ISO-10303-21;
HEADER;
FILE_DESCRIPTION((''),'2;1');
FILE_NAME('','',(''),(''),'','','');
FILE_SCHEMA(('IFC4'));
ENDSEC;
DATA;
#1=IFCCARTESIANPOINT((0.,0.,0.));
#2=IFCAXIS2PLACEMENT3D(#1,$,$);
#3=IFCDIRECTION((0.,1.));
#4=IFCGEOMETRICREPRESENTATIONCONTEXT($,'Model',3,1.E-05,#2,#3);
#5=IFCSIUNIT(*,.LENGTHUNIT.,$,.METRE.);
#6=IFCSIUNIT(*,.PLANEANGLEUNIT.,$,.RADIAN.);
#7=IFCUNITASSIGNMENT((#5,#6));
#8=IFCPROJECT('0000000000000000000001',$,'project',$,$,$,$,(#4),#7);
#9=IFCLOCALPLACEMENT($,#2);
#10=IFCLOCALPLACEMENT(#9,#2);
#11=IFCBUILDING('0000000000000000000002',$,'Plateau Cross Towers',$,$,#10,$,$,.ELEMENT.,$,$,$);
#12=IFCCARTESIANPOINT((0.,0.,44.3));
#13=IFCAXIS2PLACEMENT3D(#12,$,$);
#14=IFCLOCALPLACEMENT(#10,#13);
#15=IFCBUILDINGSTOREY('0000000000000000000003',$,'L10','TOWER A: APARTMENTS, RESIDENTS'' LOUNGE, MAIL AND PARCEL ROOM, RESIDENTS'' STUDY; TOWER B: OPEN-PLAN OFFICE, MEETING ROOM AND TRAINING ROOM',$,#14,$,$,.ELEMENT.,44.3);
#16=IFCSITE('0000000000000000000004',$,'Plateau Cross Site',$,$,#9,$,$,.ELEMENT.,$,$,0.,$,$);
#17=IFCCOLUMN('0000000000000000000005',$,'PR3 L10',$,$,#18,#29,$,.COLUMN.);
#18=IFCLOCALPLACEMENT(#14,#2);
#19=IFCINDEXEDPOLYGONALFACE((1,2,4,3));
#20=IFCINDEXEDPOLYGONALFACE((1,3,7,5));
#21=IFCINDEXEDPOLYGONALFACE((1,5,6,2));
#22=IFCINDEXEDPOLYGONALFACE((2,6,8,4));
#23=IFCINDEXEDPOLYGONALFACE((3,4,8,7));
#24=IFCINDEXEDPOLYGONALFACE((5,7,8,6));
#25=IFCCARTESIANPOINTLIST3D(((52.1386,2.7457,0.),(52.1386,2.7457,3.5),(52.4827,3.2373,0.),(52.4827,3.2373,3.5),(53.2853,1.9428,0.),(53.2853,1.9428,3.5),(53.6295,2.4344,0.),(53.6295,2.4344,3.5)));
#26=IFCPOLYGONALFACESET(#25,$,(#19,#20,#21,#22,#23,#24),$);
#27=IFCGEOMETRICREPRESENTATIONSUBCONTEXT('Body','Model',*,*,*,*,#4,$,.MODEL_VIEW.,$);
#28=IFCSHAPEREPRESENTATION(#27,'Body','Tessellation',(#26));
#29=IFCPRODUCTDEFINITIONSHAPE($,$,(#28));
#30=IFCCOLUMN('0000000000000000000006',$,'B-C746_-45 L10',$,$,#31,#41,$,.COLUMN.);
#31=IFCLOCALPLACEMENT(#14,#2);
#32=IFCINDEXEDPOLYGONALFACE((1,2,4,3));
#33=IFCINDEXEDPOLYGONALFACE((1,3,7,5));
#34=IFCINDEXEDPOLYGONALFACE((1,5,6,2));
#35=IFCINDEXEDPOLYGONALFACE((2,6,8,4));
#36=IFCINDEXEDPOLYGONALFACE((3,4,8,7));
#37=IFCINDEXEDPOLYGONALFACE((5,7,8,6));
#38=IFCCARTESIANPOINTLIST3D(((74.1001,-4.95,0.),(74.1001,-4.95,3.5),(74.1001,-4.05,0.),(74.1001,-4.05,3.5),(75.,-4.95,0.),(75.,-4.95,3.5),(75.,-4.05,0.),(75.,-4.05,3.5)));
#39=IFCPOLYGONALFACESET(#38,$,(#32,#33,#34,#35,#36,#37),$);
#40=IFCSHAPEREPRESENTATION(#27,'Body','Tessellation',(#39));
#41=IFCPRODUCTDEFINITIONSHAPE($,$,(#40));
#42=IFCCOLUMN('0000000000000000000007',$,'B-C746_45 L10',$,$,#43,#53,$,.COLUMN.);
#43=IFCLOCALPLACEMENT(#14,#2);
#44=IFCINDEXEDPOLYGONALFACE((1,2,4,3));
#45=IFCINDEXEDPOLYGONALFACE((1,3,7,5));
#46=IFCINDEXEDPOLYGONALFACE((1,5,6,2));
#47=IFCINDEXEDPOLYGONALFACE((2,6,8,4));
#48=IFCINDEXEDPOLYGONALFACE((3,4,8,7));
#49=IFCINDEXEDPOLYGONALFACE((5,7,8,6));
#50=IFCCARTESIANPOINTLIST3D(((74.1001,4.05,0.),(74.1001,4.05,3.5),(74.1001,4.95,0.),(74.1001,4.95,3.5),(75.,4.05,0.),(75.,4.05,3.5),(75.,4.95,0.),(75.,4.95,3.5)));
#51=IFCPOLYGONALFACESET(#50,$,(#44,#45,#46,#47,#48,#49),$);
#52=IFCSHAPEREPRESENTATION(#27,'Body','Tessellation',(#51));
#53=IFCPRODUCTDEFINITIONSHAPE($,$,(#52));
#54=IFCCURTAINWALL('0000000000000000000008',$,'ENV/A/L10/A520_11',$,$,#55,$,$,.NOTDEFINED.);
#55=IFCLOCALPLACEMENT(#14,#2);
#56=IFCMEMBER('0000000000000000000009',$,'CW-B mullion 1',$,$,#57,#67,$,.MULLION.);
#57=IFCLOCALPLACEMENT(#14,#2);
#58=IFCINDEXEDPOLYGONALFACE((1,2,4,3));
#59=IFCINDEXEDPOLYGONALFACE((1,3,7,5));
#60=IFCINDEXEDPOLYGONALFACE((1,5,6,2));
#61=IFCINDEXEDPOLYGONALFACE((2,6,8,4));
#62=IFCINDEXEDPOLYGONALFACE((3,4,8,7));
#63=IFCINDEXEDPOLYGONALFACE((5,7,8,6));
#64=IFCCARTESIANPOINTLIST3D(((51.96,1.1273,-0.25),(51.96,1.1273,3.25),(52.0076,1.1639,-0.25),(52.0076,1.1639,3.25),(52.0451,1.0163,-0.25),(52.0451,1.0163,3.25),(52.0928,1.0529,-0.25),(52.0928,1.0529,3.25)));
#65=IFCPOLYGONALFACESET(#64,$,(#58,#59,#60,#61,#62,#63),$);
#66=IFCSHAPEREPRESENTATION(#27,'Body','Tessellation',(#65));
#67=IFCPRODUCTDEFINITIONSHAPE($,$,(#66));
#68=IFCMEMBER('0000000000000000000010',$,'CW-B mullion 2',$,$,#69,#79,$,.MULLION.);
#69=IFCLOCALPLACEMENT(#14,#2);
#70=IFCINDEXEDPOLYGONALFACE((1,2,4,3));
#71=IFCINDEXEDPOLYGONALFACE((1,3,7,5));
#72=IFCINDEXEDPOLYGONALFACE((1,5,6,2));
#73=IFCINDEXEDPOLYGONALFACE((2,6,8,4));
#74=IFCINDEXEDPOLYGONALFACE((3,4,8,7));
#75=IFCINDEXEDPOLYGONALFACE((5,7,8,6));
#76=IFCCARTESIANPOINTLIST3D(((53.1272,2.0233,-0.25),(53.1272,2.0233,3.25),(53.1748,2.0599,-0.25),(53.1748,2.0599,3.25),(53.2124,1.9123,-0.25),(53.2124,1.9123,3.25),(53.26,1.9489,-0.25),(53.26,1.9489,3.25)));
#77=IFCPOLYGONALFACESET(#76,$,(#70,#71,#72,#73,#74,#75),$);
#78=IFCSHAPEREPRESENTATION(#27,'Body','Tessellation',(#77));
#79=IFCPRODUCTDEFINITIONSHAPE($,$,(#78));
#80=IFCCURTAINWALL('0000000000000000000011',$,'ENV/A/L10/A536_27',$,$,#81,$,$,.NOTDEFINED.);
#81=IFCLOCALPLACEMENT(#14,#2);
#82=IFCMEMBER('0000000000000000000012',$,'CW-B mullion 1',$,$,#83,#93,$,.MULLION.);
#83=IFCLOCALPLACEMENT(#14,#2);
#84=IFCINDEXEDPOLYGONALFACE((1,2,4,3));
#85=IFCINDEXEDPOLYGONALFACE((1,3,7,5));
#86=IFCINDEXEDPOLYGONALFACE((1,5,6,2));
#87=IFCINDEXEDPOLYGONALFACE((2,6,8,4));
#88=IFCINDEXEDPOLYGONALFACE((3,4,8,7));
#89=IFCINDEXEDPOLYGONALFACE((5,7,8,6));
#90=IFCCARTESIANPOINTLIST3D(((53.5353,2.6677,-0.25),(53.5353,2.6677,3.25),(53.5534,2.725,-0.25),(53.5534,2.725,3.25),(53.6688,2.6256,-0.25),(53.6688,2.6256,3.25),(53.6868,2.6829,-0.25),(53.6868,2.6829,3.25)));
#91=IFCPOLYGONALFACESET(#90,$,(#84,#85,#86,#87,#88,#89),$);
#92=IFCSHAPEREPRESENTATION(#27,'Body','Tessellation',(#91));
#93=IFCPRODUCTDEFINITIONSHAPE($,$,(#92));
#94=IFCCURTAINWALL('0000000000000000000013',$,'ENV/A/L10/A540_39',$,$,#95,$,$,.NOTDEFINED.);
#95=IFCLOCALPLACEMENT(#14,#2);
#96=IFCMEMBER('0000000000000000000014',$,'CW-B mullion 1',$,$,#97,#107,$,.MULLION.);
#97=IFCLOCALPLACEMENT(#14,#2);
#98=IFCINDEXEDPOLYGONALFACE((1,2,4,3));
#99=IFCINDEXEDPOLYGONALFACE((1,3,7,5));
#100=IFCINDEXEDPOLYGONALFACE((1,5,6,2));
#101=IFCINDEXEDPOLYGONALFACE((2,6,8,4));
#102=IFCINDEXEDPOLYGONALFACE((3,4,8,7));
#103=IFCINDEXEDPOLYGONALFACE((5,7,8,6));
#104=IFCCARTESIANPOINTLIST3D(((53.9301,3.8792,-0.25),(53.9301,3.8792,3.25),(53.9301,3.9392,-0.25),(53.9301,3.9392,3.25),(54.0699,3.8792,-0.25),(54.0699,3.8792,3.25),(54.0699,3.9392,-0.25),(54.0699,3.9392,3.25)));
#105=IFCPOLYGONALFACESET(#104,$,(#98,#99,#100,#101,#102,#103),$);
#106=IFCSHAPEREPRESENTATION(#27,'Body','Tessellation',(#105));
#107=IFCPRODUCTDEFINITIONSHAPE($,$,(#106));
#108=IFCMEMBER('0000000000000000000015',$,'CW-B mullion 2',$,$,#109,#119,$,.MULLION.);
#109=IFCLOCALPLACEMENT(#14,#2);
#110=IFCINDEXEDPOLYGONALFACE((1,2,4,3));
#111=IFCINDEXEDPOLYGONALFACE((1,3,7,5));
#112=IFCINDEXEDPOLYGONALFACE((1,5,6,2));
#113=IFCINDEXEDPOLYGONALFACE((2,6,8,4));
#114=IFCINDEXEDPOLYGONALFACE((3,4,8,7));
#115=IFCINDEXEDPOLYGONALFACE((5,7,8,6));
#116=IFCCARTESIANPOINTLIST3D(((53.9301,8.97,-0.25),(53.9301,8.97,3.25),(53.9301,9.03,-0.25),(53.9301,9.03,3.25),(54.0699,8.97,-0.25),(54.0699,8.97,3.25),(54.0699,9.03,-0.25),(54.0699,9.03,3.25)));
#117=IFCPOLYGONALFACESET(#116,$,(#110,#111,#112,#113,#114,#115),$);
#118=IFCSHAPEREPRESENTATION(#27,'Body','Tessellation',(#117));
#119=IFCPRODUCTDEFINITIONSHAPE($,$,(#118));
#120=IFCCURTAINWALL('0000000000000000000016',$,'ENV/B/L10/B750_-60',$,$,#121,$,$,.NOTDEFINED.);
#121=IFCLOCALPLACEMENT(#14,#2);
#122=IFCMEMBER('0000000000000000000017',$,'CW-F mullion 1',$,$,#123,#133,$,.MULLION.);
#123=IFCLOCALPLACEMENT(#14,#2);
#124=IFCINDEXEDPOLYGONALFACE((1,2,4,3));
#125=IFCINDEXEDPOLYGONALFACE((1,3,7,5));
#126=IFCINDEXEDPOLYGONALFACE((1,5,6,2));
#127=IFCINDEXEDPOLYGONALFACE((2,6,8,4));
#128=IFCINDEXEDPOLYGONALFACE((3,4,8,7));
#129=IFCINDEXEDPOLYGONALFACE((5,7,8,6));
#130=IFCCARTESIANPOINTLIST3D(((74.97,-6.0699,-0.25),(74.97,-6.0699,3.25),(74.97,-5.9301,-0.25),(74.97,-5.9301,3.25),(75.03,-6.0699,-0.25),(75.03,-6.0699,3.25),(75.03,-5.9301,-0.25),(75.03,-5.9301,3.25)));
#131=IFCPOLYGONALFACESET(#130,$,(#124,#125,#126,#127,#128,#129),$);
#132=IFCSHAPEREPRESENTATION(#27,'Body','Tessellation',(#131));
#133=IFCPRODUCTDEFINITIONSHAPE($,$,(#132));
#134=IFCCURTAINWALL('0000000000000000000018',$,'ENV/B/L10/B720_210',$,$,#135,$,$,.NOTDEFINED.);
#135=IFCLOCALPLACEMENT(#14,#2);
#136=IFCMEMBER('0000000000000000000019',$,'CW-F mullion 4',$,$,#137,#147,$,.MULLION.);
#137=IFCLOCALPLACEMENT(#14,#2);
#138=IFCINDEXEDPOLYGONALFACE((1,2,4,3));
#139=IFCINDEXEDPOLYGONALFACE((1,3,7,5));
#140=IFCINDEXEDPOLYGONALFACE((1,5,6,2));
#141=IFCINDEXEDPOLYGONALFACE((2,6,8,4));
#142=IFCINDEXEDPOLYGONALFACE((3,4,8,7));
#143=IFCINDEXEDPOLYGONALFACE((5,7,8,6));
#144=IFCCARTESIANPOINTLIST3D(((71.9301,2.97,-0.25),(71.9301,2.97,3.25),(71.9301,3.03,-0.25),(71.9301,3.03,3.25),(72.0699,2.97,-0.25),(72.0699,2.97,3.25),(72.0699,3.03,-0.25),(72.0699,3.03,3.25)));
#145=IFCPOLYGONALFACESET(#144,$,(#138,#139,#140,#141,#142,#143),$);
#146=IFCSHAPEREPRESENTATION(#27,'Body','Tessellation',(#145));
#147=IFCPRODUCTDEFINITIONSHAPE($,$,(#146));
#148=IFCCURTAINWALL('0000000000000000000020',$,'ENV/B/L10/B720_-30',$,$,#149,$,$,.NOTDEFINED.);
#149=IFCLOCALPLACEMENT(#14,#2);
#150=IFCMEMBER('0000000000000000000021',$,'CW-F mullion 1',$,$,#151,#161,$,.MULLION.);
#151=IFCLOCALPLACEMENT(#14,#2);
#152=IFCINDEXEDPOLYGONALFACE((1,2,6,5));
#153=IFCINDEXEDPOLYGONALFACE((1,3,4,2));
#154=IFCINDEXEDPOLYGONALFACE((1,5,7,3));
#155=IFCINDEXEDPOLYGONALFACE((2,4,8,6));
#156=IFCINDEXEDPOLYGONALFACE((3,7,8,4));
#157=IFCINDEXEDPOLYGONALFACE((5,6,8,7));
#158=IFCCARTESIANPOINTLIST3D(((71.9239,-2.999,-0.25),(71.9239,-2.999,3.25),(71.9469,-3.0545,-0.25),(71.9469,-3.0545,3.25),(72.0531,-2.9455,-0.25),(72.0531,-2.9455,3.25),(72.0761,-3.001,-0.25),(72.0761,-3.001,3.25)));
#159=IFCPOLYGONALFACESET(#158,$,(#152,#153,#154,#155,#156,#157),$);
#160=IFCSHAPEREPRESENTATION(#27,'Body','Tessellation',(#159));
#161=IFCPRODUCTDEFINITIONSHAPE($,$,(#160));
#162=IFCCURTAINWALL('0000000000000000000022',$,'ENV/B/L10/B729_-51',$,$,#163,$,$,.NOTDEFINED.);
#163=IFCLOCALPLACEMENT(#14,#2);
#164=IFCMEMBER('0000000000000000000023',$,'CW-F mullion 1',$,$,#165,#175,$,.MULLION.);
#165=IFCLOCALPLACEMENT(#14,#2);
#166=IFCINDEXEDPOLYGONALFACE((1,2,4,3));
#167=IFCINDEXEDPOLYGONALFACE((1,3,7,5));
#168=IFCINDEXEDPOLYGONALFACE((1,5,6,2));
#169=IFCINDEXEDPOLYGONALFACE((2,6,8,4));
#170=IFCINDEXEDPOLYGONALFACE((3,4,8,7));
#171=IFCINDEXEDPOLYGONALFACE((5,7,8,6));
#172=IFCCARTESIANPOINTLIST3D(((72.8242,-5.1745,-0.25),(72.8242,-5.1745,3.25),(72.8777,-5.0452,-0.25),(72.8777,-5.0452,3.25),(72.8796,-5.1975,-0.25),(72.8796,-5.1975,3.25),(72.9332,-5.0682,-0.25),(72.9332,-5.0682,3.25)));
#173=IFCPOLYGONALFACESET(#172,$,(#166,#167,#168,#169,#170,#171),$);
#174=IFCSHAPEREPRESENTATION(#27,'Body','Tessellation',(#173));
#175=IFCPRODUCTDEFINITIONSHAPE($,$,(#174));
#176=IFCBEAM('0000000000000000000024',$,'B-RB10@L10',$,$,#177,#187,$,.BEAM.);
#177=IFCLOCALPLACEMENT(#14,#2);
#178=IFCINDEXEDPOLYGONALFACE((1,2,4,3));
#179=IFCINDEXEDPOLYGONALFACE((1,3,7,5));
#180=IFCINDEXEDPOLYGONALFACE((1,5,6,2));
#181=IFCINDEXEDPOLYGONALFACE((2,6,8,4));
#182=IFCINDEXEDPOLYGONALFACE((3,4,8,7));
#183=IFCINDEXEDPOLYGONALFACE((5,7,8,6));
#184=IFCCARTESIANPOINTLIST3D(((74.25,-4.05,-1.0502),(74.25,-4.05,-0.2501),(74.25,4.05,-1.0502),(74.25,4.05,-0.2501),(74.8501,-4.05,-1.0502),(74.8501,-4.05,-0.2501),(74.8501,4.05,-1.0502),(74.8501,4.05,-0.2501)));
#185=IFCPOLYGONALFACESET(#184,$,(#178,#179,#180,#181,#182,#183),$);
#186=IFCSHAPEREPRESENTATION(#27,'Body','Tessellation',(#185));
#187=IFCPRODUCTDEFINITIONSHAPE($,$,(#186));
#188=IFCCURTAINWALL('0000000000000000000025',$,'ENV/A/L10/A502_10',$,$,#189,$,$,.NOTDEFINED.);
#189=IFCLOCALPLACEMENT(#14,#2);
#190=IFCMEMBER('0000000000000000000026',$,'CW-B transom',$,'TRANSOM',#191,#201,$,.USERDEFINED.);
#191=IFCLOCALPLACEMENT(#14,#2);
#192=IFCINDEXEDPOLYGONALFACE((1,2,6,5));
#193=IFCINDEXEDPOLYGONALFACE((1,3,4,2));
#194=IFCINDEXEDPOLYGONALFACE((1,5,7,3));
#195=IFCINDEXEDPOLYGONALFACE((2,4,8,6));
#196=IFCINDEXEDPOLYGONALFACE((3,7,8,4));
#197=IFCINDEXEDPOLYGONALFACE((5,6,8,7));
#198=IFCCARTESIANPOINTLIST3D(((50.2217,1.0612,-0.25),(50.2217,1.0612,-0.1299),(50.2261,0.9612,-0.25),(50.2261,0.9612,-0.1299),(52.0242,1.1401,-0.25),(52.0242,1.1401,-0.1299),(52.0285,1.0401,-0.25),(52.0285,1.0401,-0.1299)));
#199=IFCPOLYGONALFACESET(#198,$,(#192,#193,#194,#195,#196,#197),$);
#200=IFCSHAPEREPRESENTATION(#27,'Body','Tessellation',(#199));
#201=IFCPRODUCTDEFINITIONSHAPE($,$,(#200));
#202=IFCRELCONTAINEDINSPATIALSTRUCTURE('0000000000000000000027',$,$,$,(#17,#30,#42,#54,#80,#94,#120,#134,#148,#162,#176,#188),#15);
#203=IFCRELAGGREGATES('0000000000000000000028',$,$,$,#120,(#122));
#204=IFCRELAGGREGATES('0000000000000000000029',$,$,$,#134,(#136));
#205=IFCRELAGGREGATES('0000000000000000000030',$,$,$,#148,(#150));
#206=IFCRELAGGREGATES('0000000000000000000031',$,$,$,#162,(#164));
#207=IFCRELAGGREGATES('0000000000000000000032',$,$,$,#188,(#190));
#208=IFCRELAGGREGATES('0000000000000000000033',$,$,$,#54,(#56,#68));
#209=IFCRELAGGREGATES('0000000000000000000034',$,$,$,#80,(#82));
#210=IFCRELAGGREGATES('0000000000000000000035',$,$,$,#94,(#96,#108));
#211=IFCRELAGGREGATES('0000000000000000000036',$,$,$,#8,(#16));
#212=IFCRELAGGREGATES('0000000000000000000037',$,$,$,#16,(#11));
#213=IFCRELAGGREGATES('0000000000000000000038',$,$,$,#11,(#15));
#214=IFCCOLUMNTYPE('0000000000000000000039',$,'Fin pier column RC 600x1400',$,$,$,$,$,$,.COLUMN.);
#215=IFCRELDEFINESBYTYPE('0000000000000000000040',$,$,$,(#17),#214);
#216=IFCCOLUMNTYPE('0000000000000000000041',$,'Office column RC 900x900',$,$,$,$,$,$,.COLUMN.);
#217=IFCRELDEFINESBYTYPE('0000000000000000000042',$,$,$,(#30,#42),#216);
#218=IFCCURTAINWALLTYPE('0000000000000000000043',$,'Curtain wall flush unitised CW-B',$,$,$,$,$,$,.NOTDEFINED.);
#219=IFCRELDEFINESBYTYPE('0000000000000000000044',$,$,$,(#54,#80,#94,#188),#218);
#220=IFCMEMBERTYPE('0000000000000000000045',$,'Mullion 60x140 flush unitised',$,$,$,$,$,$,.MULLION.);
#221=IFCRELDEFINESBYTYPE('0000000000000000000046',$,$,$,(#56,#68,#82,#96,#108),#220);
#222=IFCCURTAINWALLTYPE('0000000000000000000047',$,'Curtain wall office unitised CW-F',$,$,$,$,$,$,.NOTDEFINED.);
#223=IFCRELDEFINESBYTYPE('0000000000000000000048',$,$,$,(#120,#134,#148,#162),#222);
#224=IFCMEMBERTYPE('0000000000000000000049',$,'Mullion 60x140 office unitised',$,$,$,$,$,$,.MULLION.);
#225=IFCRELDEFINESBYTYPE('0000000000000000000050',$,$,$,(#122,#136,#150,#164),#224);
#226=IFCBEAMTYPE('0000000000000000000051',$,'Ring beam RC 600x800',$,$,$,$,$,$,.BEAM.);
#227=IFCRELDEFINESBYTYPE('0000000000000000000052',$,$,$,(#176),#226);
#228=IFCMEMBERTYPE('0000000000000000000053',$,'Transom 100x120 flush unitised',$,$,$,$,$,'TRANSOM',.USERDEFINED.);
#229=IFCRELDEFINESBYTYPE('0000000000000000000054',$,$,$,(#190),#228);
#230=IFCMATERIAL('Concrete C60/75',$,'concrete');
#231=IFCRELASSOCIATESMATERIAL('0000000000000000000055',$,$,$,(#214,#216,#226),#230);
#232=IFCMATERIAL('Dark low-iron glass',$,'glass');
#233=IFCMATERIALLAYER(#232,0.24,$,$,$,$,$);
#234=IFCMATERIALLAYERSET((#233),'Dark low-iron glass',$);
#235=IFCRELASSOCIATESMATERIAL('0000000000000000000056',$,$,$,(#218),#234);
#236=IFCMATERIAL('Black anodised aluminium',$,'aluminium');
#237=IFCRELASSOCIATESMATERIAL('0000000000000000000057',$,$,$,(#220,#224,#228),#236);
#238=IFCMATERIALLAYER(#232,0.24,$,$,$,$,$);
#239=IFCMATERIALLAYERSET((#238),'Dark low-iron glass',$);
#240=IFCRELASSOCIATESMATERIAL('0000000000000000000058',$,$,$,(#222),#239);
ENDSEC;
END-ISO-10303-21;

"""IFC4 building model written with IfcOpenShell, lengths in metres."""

from ifc_helpers import new_model, si_unit, direction, frame, origin, origin_2d, place, context, subcontext, project, spatial, rectangle, extrude, material, layer, layer_set, material_profile, profile_set, type_object, element, aggregate, save


model = new_model("IFC4")

# Units and contexts
model_context = context("Model", 3, precision=1e-05, world=origin(), true_north=direction((0.0, 1.0)))
body_context = subcontext(model_context, "Body", "Model", "MODEL_VIEW")
ifc_project = project(units=[si_unit("LENGTHUNIT", "METRE"), si_unit("PLANEANGLEUNIT", "RADIAN")], contexts=[model_context])

# Site, building, storey
site_placement = place(None, origin())
site = spatial("IfcSite", under=ifc_project, at=site_placement, Name="Plateau Cross Site", CompositionType="ELEMENT", RefElevation=0.0)
building_placement = place(site_placement, origin())
building = spatial("IfcBuilding", under=site, at=building_placement, Name="Plateau Cross Towers", CompositionType="ELEMENT")
storey_placement = place(building_placement, frame((0.0, 0.0, 44.3)))
storey = spatial("IfcBuildingStorey", under=building, at=storey_placement, Name="L10", Description="TOWER A: APARTMENTS, RESIDENTS' LOUNGE, MAIL AND PARCEL ROOM, RESIDENTS' STUDY; TOWER B: OPEN-PLAN OFFICE, MEETING ROOM AND TRAINING ROOM", CompositionType="ELEMENT", Elevation=44.3)

# Columns
ifc_material_1 = material(Name="Concrete C60/75", Category="concrete")
ifc_material_profile_1 = material_profile(ifc_material_1, rectangle(XDim=0.6001, YDim=1.3999, at=origin_2d()), Name="RC 600x1400")
ifc_profile_set_1 = profile_set([ifc_material_profile_1], Name="Concrete C60/75")
column_type_1 = type_object("IfcColumnType", Name="Fin pier column RC 600x1400", PredefinedType="COLUMN", material=ifc_profile_set_1)
column_placement = place(storey_placement, frame((52.884, 2.5901, 0.0), z_axis=(0.0, 0.0, 1.0), x_axis=(0.573543, 0.819176, 0.0)))
element("IfcColumn", 1, at=column_placement, inside=storey, type_object=column_type_1, Name="PR3 L10", PredefinedType="COLUMN", context=body_context, shape_type="SweptSolid", body=[
    extrude(rectangle(XDim=0.6001, YDim=1.3999, at=origin_2d()), origin(), (0.0, 0.0, 1.0), 3.5),
])
ifc_material_profile_2 = material_profile(ifc_material_1, rectangle(XDim=0.8999, YDim=0.8999, at=origin_2d()), Name="RC 900x900")
ifc_profile_set_2 = profile_set([ifc_material_profile_2], Name="Concrete C60/75")
column_type_2 = type_object("IfcColumnType", Name="Office column RC 900x900", PredefinedType="COLUMN", material=ifc_profile_set_2)
for number, where, z_axis, x_axis, name in (
    (2, (74.55, -4.5, 0.0), (0.0, 0.0, 1.0), (1.0, 0.0, 0.0), "B-C746_-45 L10"),
    (3, (74.55, 4.5, 0.0), (0.0, 0.0, 1.0), (1.0, 0.0, 0.0), "B-C746_45 L10"),
):
    element("IfcColumn", number, at=place(storey_placement, frame(where, z_axis=z_axis, x_axis=x_axis)), inside=storey, type_object=column_type_2, Name=name, PredefinedType="COLUMN", context=body_context, shape_type="SweptSolid", body=[
        extrude(rectangle(XDim=0.8999, YDim=0.8999, at=origin_2d()), origin(), (0.0, 0.0, 1.0), 3.5),
    ])

# Curtain wall, members
ifc_material_2 = material(Name="Dark low-iron glass", Category="glass")
ifc_layer_1 = layer(ifc_material_2, 0.24)
ifc_layer_set_1 = layer_set([ifc_layer_1], Name="Dark low-iron glass")
curtain_wall_type_1 = type_object("IfcCurtainWallType", Name="Curtain wall flush unitised CW-B", PredefinedType="NOTDEFINED", material=ifc_layer_set_1)
curtain_wall_1_placement = place(storey_placement, origin())
curtain_wall_1 = element("IfcCurtainWall", 4, at=curtain_wall_1_placement, inside=storey, type_object=curtain_wall_type_1, Name="ENV/A/L10/A520_11", PredefinedType="NOTDEFINED")
ifc_material_3 = material(Name="Black anodised aluminium", Category="aluminium")
ifc_material_profile_3 = material_profile(ifc_material_3, rectangle(XDim=0.0601, YDim=0.1399, at=origin_2d()), Name="MULLION 60x140")
ifc_profile_set_3 = profile_set([ifc_material_profile_3], Name="Black anodised aluminium")
member_type_1 = type_object("IfcMemberType", Name="Mullion 60x140 flush unitised", PredefinedType="MULLION", material=ifc_profile_set_3)
member_1_placement = place(storey_placement, frame((52.0264, 1.0901, -0.25), z_axis=(0.0, 0.0, 1.0), x_axis=(0.793316, 0.608811, 0.0)))
member_1 = element("IfcMember", 5, at=member_1_placement, type_object=member_type_1, Name="CW-B mullion 1", PredefinedType="MULLION", context=body_context, shape_type="SweptSolid", body=[
    extrude(rectangle(XDim=0.0601, YDim=0.1399, at=origin_2d()), origin(), (0.0, 0.0, 1.0), 3.5),
])
member_2_placement = place(storey_placement, frame((53.1936, 1.9861, -0.25), z_axis=(0.0, 0.0, 1.0), x_axis=(0.793316, 0.608811, 0.0)))
member_2 = element("IfcMember", 6, at=member_2_placement, type_object=member_type_1, Name="CW-B mullion 2", PredefinedType="MULLION", context=body_context, shape_type="SweptSolid", body=[
    extrude(rectangle(XDim=0.0601, YDim=0.1399, at=origin_2d()), origin(), (0.0, 0.0, 1.0), 3.5),
])

# Curtain wall, member
curtain_wall_2_placement = place(storey_placement, origin())
curtain_wall_2 = element("IfcCurtainWall", 7, at=curtain_wall_2_placement, inside=storey, type_object=curtain_wall_type_1, Name="ENV/A/L10/A536_27", PredefinedType="NOTDEFINED")
member_3_placement = place(storey_placement, frame((53.6111, 2.6753, -0.25), z_axis=(0.0, 0.0, 1.0), x_axis=(0.300686, 0.953723, 0.0)))
member_3 = element("IfcMember", 8, at=member_3_placement, type_object=member_type_1, Name="CW-B mullion 1", PredefinedType="MULLION", context=body_context, shape_type="SweptSolid", body=[
    extrude(rectangle(XDim=0.0601, YDim=0.1399, at=origin_2d()), origin(), (0.0, 0.0, 1.0), 3.5),
])

# Curtain wall, members
curtain_wall_3_placement = place(storey_placement, origin())
curtain_wall_3 = element("IfcCurtainWall", 9, at=curtain_wall_3_placement, inside=storey, type_object=curtain_wall_type_1, Name="ENV/A/L10/A540_39", PredefinedType="NOTDEFINED")
member_4_placement = place(storey_placement, frame((54.0, 3.9092, -0.25), z_axis=(0.0, 0.0, 1.0), x_axis=(0.0, 1.0, 0.0)))
member_4 = element("IfcMember", 10, at=member_4_placement, type_object=member_type_1, Name="CW-B mullion 1", PredefinedType="MULLION", context=body_context, shape_type="SweptSolid", body=[
    extrude(rectangle(XDim=0.0601, YDim=0.1399, at=origin_2d()), origin(), (0.0, 0.0, 1.0), 3.5),
])
member_5_placement = place(storey_placement, frame((54.0, 9.0, -0.25), z_axis=(0.0, 0.0, 1.0), x_axis=(0.0, 1.0, 0.0)))
member_5 = element("IfcMember", 11, at=member_5_placement, type_object=member_type_1, Name="CW-B mullion 2", PredefinedType="MULLION", context=body_context, shape_type="SweptSolid", body=[
    extrude(rectangle(XDim=0.0601, YDim=0.1399, at=origin_2d()), origin(), (0.0, 0.0, 1.0), 3.5),
])

# Curtain walls, members
ifc_layer_2 = layer(ifc_material_2, 0.24)
ifc_layer_set_2 = layer_set([ifc_layer_2], Name="Dark low-iron glass")
curtain_wall_type_2 = type_object("IfcCurtainWallType", Name="Curtain wall office unitised CW-F", PredefinedType="NOTDEFINED", material=ifc_layer_set_2)
curtain_wall_4_placement = place(storey_placement, origin())
curtain_wall_4 = element("IfcCurtainWall", 12, at=curtain_wall_4_placement, inside=storey, type_object=curtain_wall_type_2, Name="ENV/B/L10/B750_-60", PredefinedType="NOTDEFINED")
ifc_material_profile_4 = material_profile(ifc_material_3, rectangle(XDim=0.0601, YDim=0.1399, at=origin_2d()), Name="MULLION 60x140")
ifc_profile_set_4 = profile_set([ifc_material_profile_4], Name="Black anodised aluminium")
member_type_2 = type_object("IfcMemberType", Name="Mullion 60x140 office unitised", PredefinedType="MULLION", material=ifc_profile_set_4)
member_6_placement = place(storey_placement, frame((75.0, -6.0, -0.25), z_axis=(0.0, 0.0, 1.0), x_axis=(1.0, 0.0, 0.0)))
member_6 = element("IfcMember", 13, at=member_6_placement, type_object=member_type_2, Name="CW-F mullion 1", PredefinedType="MULLION", context=body_context, shape_type="SweptSolid", body=[
    extrude(rectangle(XDim=0.0601, YDim=0.1399, at=origin_2d()), origin(), (0.0, 0.0, 1.0), 3.5),
])
curtain_wall_5_placement = place(storey_placement, origin())
curtain_wall_5 = element("IfcCurtainWall", 14, at=curtain_wall_5_placement, inside=storey, type_object=curtain_wall_type_2, Name="ENV/B/L10/B720_210", PredefinedType="NOTDEFINED")
member_7_placement = place(storey_placement, frame((72.0, 3.0, -0.25), z_axis=(0.0, 0.0, 1.0), x_axis=(0.0, -1.0, 0.0)))
member_7 = element("IfcMember", 15, at=member_7_placement, type_object=member_type_2, Name="CW-F mullion 4", PredefinedType="MULLION", context=body_context, shape_type="SweptSolid", body=[
    extrude(rectangle(XDim=0.0601, YDim=0.1399, at=origin_2d()), origin(), (0.0, 0.0, 1.0), 3.5),
])
curtain_wall_6_placement = place(storey_placement, origin())
curtain_wall_6 = element("IfcCurtainWall", 16, at=curtain_wall_6_placement, inside=storey, type_object=curtain_wall_type_2, Name="ENV/B/L10/B720_-30", PredefinedType="NOTDEFINED")
member_8_placement = place(storey_placement, frame((72.0, -3.0, -0.25), z_axis=(0.0, 0.0, 1.0), x_axis=(0.382684, -0.923879, 0.0)))
member_8 = element("IfcMember", 17, at=member_8_placement, type_object=member_type_2, Name="CW-F mullion 1", PredefinedType="MULLION", context=body_context, shape_type="SweptSolid", body=[
    extrude(rectangle(XDim=0.0601, YDim=0.1399, at=origin_2d()), origin(), (0.0, 0.0, 1.0), 3.5),
])
curtain_wall_7_placement = place(storey_placement, origin())
curtain_wall_7 = element("IfcCurtainWall", 18, at=curtain_wall_7_placement, inside=storey, type_object=curtain_wall_type_2, Name="ENV/B/L10/B729_-51", PredefinedType="NOTDEFINED")
member_9_placement = place(storey_placement, frame((72.8787, -5.1213, -0.25), z_axis=(0.0, 0.0, 1.0), x_axis=(0.923879, -0.382684, 0.0)))
member_9 = element("IfcMember", 19, at=member_9_placement, type_object=member_type_2, Name="CW-F mullion 1", PredefinedType="MULLION", context=body_context, shape_type="SweptSolid", body=[
    extrude(rectangle(XDim=0.0601, YDim=0.1399, at=origin_2d()), origin(), (0.0, 0.0, 1.0), 3.5),
])

# Beam
ifc_material_profile_5 = material_profile(ifc_material_1, rectangle(XDim=0.6001, YDim=0.8, at=origin_2d()), Name="RC 600x800")
ifc_profile_set_5 = profile_set([ifc_material_profile_5], Name="Concrete C60/75")
beam_type = type_object("IfcBeamType", Name="Ring beam RC 600x800", PredefinedType="BEAM", material=ifc_profile_set_5)
beam_placement = place(storey_placement, frame((74.55, 4.05, -0.6501), z_axis=(0.0, -1.0, 0.0), x_axis=(1.0, 0.0, 0.0)))
element("IfcBeam", 20, at=beam_placement, inside=storey, type_object=beam_type, Name="B-RB10@L10", PredefinedType="BEAM", context=body_context, shape_type="SweptSolid", body=[
    extrude(rectangle(XDim=0.6001, YDim=0.8, at=origin_2d()), origin(), (0.0, 0.0, 1.0), 8.1001),
])

# Curtain wall, member
curtain_wall_8_placement = place(storey_placement, origin())
curtain_wall_8 = element("IfcCurtainWall", 21, at=curtain_wall_8_placement, inside=storey, type_object=curtain_wall_type_1, Name="ENV/A/L10/A502_10", PredefinedType="NOTDEFINED")
ifc_material_profile_6 = material_profile(ifc_material_3, rectangle(XDim=0.1001, YDim=0.1201, at=origin_2d()), Name="TRANSOM 100x120")
ifc_profile_set_6 = profile_set([ifc_material_profile_6], Name="Black anodised aluminium")
member_type_3 = type_object("IfcMemberType", Name="Transom 100x120 flush unitised", ElementType="TRANSOM", PredefinedType="USERDEFINED", material=ifc_profile_set_6)
member_10_placement = place(storey_placement, frame((50.2239, 1.0112, -0.1899), z_axis=(0.999044, 0.043707, 0.0), x_axis=(-0.043707, 0.999044, 0.0)))
member_10 = element("IfcMember", 22, at=member_10_placement, type_object=member_type_3, Name="CW-B transom", ObjectType="TRANSOM", PredefinedType="USERDEFINED", context=body_context, shape_type="SweptSolid", body=[
    extrude(rectangle(XDim=0.1001, YDim=0.1201, at=origin_2d()), origin(), (0.0, 0.0, 1.0), 1.8042),
])

aggregate(curtain_wall_4, [member_6])

aggregate(curtain_wall_5, [member_7])
aggregate(curtain_wall_6, [member_8])
aggregate(curtain_wall_7, [member_9])
aggregate(curtain_wall_8, [member_10])
aggregate(curtain_wall_1, [member_1, member_2])
aggregate(curtain_wall_2, [member_3])
aggregate(curtain_wall_3, [member_4, member_5])

save(model, "model.ifc")
